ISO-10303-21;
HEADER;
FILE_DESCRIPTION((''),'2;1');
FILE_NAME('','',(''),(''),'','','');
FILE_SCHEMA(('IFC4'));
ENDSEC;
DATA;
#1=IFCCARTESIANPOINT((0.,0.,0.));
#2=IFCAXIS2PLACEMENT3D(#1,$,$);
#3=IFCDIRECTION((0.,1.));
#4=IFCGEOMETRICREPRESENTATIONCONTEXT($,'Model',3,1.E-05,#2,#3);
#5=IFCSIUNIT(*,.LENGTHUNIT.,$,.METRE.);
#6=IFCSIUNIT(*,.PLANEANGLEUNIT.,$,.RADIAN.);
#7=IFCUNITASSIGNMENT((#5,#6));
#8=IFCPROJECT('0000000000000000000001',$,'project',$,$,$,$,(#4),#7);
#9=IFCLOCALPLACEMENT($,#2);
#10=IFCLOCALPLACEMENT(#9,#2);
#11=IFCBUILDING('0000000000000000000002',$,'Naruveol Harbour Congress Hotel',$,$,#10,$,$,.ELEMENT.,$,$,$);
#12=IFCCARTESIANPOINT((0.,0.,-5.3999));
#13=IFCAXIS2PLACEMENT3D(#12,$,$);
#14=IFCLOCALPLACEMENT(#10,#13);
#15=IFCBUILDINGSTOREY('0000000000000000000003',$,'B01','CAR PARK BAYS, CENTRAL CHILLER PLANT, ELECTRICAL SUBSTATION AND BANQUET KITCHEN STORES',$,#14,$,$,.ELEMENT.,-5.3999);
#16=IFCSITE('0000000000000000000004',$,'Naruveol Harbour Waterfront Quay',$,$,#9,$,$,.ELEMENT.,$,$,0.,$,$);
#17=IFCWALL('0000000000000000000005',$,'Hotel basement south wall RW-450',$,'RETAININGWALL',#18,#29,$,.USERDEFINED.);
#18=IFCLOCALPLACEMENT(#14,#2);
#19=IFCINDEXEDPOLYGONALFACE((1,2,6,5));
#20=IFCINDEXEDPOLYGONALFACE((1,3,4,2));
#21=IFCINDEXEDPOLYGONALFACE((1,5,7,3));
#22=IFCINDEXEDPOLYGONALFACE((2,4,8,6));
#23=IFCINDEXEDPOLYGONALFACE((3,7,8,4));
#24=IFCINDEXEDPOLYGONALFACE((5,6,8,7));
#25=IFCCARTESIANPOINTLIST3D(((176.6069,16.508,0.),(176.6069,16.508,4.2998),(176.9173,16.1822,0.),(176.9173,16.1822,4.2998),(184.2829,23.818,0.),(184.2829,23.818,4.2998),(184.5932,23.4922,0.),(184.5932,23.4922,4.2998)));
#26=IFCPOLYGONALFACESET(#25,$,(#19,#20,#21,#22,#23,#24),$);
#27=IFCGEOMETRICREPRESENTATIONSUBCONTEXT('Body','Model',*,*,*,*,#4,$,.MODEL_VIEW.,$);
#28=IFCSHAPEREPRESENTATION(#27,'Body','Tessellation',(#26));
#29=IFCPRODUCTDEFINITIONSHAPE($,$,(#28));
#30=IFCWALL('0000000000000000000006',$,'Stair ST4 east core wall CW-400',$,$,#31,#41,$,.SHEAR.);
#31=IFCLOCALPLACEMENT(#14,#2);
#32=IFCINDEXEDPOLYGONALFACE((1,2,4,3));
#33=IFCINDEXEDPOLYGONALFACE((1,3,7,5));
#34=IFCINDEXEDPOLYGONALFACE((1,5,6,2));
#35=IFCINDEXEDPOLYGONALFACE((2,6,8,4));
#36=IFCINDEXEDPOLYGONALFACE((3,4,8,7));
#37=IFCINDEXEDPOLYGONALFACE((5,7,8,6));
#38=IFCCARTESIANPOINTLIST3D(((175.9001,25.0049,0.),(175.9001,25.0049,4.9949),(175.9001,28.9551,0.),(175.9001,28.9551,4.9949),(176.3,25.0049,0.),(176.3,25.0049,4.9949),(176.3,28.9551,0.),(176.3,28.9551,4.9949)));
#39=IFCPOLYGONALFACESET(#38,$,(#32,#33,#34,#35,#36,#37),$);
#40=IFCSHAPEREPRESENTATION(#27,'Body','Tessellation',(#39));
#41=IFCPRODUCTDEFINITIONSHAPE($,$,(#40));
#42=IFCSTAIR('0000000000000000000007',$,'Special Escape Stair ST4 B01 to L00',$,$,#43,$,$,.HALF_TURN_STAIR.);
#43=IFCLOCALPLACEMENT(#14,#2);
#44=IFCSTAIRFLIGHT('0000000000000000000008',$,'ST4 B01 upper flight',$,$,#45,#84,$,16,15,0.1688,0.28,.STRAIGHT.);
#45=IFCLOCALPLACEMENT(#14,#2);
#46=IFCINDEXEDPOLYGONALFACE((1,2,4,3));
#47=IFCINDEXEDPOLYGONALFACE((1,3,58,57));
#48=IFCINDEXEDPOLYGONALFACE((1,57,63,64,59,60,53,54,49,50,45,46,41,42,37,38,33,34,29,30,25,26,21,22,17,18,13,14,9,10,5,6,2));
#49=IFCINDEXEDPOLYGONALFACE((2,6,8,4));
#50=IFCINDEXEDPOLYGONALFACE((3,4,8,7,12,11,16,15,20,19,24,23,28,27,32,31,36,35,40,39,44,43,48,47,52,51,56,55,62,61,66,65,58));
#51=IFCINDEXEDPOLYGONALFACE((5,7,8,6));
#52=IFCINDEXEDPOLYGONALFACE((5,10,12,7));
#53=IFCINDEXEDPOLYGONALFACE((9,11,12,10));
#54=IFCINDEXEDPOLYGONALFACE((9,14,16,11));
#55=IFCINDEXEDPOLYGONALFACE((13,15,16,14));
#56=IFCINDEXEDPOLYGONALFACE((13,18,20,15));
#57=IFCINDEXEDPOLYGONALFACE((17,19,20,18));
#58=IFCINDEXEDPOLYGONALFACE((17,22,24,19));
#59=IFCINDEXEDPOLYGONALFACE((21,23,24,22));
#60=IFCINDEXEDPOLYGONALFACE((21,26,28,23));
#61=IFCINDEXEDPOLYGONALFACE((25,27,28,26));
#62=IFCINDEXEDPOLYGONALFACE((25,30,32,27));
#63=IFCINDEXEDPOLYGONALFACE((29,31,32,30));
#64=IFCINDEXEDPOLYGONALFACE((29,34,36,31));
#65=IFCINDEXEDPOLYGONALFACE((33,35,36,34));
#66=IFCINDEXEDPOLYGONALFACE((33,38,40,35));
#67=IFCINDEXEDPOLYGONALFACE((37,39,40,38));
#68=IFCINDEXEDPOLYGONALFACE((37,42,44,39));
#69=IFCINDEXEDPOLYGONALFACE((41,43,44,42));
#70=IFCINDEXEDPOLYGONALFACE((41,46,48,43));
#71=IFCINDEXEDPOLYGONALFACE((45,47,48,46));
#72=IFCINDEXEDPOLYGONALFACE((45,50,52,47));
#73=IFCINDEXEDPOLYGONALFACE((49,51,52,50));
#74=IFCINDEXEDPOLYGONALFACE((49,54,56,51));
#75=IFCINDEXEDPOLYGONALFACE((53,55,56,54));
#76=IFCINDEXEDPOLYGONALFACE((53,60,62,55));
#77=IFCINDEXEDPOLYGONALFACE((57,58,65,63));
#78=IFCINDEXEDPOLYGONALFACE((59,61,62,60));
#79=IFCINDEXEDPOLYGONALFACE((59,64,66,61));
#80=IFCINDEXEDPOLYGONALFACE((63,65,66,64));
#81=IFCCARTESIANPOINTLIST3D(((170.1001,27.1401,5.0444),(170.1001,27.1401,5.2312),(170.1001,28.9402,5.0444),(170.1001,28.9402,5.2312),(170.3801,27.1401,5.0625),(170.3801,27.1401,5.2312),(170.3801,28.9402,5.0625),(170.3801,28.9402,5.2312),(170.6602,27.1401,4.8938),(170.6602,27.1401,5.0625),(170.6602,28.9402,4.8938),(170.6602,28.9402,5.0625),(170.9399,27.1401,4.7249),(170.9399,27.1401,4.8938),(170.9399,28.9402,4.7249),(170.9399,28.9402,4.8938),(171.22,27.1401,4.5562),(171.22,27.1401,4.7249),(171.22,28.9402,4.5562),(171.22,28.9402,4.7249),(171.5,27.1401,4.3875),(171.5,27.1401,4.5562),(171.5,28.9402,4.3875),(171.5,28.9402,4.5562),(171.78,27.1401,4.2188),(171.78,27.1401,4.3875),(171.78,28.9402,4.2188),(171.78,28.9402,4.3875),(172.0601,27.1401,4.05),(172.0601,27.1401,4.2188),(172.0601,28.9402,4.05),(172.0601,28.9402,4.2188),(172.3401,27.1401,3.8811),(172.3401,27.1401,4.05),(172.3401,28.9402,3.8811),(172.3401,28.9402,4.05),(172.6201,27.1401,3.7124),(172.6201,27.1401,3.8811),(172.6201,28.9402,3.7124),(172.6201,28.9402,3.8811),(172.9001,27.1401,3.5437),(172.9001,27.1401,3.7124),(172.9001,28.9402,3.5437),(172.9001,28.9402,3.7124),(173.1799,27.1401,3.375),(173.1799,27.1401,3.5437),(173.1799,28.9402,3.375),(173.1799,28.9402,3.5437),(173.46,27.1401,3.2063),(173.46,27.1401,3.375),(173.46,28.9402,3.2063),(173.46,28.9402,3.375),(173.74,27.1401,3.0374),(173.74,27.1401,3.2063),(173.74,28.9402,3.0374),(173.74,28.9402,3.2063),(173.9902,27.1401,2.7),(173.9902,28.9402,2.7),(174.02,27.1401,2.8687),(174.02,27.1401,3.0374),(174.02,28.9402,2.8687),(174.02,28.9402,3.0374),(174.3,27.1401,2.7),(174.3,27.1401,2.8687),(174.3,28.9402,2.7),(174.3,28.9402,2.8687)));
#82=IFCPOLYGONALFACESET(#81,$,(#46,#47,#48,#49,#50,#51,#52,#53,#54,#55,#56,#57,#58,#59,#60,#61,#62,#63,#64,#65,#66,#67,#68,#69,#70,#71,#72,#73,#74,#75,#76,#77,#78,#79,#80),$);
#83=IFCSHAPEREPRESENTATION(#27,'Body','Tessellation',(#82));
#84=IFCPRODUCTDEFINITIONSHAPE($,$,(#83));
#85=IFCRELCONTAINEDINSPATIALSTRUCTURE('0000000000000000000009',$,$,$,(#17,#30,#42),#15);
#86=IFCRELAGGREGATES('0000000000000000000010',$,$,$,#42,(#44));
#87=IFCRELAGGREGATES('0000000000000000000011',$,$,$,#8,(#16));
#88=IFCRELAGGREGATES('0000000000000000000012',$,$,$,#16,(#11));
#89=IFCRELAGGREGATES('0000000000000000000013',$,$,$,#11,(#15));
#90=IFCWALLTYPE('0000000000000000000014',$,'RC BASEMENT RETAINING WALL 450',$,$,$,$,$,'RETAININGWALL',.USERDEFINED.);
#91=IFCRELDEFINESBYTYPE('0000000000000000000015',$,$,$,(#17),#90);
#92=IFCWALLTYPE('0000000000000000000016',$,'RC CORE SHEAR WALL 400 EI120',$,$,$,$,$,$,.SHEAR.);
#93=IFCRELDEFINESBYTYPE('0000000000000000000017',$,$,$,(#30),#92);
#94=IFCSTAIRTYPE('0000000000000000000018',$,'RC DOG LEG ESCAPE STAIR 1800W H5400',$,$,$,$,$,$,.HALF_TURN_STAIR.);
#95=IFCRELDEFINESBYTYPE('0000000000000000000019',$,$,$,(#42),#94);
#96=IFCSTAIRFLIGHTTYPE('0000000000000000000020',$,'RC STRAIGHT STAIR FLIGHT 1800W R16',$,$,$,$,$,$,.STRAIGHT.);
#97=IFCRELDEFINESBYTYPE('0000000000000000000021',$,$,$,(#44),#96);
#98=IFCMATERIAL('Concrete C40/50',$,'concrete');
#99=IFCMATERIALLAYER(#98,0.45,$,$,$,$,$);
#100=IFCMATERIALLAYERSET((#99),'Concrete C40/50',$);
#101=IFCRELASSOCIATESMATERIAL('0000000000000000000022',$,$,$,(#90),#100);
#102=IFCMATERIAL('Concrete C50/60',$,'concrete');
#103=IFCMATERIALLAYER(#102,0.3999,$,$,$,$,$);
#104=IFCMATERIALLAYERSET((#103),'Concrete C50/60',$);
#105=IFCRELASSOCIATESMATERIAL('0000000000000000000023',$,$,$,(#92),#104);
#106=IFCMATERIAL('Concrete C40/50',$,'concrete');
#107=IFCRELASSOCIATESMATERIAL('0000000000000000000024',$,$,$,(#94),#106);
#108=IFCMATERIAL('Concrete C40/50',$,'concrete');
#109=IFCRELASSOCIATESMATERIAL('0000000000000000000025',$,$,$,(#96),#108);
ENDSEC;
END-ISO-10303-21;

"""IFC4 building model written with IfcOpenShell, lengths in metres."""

from ifc_helpers import new_model, si_unit, direction, frame, frame_2d, origin, place, context, subcontext, project, spatial, polyline, rectangle, outline, extrude, material, layer, layer_set, type_object, element, aggregate, save


model = new_model("IFC4")

# Units and contexts
model_context = context("Model", 3, precision=1e-05, world=origin(), true_north=direction((0.0, 1.0)))
body_context = subcontext(model_context, "Body", "Model", "MODEL_VIEW")
ifc_project = project(units=[si_unit("LENGTHUNIT", "METRE"), si_unit("PLANEANGLEUNIT", "RADIAN")], contexts=[model_context])

# Site, building, storey
site_placement = place(None, origin())
site = spatial("IfcSite", under=ifc_project, at=site_placement, Name="Naruveol Harbour Waterfront Quay", CompositionType="ELEMENT", RefElevation=0.0)
building_placement = place(site_placement, origin())
building = spatial("IfcBuilding", under=site, at=building_placement, Name="Naruveol Harbour Congress Hotel", CompositionType="ELEMENT")
storey_placement = place(building_placement, frame((0.0, 0.0, -5.3999)))
storey = spatial("IfcBuildingStorey", under=building, at=storey_placement, Name="B01", Description="CAR PARK BAYS, CENTRAL CHILLER PLANT, ELECTRICAL SUBSTATION AND BANQUET KITCHEN STORES", CompositionType="ELEMENT", Elevation=-5.3999)

# Walls
ifc_material_1 = material(Name="Concrete C40/50", Category="concrete")
ifc_layer_1 = layer(ifc_material_1, 0.45)
ifc_layer_set_1 = layer_set([ifc_layer_1], Name="Concrete C40/50")
wall_type_1 = type_object("IfcWallType", Name="RC BASEMENT RETAINING WALL 450", ElementType="RETAININGWALL", PredefinedType="USERDEFINED", material=ifc_layer_set_1)
wall_1_placement = place(storey_placement, frame((184.438, 23.655, 0.0), z_axis=(0.0, 0.0, 1.0), x_axis=(-0.724159, -0.689633, 0.0)))
element("IfcWall", 1, at=wall_1_placement, inside=storey, type_object=wall_type_1, Name="Hotel basement south wall RW-450", ObjectType="RETAININGWALL", PredefinedType="USERDEFINED", context=body_context, shape_type="SweptSolid", body=[
    extrude(rectangle(XDim=10.5999, YDim=0.45, at=frame_2d((5.2998, 0.0))), origin(), (0.0, 0.0, 1.0), 4.2998),
])
ifc_material_2 = material(Name="Concrete C50/60", Category="concrete")
ifc_layer_2 = layer(ifc_material_2, 0.3999)
ifc_layer_set_2 = layer_set([ifc_layer_2], Name="Concrete C50/60")
wall_type_2 = type_object("IfcWallType", Name="RC CORE SHEAR WALL 400 EI120", PredefinedType="SHEAR", material=ifc_layer_set_2)
wall_2_placement = place(storey_placement, frame((176.1001, 25.0049, 0.0), z_axis=(0.0, 0.0, 1.0), x_axis=(0.0, 1.0, 0.0)))
element("IfcWall", 2, at=wall_2_placement, inside=storey, type_object=wall_type_2, Name="Stair ST4 east core wall CW-400", PredefinedType="SHEAR", context=body_context, shape_type="SweptSolid", body=[
    extrude(rectangle(XDim=3.9502, YDim=0.3999, at=frame_2d((1.9751, 0.0))), origin(), (0.0, 0.0, 1.0), 4.9949),
])

# Stair, stair flight
ifc_material_3 = material(Name="Concrete C40/50", Category="concrete")
stair_type = type_object("IfcStairType", Name="RC DOG LEG ESCAPE STAIR 1800W H5400", PredefinedType="HALF_TURN_STAIR", material=ifc_material_3)
stair_placement = place(storey_placement, origin())
stair = element("IfcStair", 3, at=stair_placement, inside=storey, type_object=stair_type, Name="Special Escape Stair ST4 B01 to L00", PredefinedType="HALF_TURN_STAIR")
ifc_material_4 = material(Name="Concrete C40/50", Category="concrete")
stair_flight_type = type_object("IfcStairFlightType", Name="RC STRAIGHT STAIR FLIGHT 1800W R16", PredefinedType="STRAIGHT", material=ifc_material_4)
stair_flight_placement = place(storey_placement, frame((174.3, 28.04, 2.7), z_axis=(0.0, 0.0, 1.0), x_axis=(-1.0, 0.0, 0.0)))
stair_flight = element("IfcStairFlight", 4, at=stair_flight_placement, type_object=stair_flight_type, Name="ST4 B01 upper flight", NumberOfRisers=16, NumberOfTreads=15, PredefinedType="STRAIGHT", RiserHeight=0.1688, TreadLength=0.28, context=body_context, shape_type="SweptSolid", body=[
    extrude(outline(polyline([(0.0, 0.0), (0.0, 0.1687), (0.28, 0.1687), (0.28, 0.3374), (0.5601, 0.3374), (0.5601, 0.5063), (0.8401, 0.5063), (0.8401, 0.675), (1.1201, 0.675), (1.1201, 0.8438), (1.3999, 0.8438), (1.3999, 1.0125), (1.6799, 1.0125), (1.6799, 1.1812), (1.96, 1.1812), (1.96, 1.3501), (2.24, 1.3501), (2.24, 1.5188), (2.52, 1.5188), (2.52, 1.6875), (2.8, 1.6875), (2.8, 1.8562), (3.0801, 1.8562), (3.0801, 2.0249), (3.3601, 2.0249), (3.3601, 2.1938), (3.6399, 2.1938), (3.6399, 2.3625), (3.9199, 2.3625), (3.9199, 2.5312), (4.2, 2.5312), (4.2, 2.7), (4.2, 2.3445), (0.3098, 0.0), (0.0, 0.0)])), frame((0.0, 0.8999, 0.0), z_axis=(0.0, -1.0, 0.0), x_axis=(1.0, 0.0, 0.0)), (0.0, 0.0, 1.0), 1.8),
])
aggregate(stair, [stair_flight])

save(model, "model.ifc")
